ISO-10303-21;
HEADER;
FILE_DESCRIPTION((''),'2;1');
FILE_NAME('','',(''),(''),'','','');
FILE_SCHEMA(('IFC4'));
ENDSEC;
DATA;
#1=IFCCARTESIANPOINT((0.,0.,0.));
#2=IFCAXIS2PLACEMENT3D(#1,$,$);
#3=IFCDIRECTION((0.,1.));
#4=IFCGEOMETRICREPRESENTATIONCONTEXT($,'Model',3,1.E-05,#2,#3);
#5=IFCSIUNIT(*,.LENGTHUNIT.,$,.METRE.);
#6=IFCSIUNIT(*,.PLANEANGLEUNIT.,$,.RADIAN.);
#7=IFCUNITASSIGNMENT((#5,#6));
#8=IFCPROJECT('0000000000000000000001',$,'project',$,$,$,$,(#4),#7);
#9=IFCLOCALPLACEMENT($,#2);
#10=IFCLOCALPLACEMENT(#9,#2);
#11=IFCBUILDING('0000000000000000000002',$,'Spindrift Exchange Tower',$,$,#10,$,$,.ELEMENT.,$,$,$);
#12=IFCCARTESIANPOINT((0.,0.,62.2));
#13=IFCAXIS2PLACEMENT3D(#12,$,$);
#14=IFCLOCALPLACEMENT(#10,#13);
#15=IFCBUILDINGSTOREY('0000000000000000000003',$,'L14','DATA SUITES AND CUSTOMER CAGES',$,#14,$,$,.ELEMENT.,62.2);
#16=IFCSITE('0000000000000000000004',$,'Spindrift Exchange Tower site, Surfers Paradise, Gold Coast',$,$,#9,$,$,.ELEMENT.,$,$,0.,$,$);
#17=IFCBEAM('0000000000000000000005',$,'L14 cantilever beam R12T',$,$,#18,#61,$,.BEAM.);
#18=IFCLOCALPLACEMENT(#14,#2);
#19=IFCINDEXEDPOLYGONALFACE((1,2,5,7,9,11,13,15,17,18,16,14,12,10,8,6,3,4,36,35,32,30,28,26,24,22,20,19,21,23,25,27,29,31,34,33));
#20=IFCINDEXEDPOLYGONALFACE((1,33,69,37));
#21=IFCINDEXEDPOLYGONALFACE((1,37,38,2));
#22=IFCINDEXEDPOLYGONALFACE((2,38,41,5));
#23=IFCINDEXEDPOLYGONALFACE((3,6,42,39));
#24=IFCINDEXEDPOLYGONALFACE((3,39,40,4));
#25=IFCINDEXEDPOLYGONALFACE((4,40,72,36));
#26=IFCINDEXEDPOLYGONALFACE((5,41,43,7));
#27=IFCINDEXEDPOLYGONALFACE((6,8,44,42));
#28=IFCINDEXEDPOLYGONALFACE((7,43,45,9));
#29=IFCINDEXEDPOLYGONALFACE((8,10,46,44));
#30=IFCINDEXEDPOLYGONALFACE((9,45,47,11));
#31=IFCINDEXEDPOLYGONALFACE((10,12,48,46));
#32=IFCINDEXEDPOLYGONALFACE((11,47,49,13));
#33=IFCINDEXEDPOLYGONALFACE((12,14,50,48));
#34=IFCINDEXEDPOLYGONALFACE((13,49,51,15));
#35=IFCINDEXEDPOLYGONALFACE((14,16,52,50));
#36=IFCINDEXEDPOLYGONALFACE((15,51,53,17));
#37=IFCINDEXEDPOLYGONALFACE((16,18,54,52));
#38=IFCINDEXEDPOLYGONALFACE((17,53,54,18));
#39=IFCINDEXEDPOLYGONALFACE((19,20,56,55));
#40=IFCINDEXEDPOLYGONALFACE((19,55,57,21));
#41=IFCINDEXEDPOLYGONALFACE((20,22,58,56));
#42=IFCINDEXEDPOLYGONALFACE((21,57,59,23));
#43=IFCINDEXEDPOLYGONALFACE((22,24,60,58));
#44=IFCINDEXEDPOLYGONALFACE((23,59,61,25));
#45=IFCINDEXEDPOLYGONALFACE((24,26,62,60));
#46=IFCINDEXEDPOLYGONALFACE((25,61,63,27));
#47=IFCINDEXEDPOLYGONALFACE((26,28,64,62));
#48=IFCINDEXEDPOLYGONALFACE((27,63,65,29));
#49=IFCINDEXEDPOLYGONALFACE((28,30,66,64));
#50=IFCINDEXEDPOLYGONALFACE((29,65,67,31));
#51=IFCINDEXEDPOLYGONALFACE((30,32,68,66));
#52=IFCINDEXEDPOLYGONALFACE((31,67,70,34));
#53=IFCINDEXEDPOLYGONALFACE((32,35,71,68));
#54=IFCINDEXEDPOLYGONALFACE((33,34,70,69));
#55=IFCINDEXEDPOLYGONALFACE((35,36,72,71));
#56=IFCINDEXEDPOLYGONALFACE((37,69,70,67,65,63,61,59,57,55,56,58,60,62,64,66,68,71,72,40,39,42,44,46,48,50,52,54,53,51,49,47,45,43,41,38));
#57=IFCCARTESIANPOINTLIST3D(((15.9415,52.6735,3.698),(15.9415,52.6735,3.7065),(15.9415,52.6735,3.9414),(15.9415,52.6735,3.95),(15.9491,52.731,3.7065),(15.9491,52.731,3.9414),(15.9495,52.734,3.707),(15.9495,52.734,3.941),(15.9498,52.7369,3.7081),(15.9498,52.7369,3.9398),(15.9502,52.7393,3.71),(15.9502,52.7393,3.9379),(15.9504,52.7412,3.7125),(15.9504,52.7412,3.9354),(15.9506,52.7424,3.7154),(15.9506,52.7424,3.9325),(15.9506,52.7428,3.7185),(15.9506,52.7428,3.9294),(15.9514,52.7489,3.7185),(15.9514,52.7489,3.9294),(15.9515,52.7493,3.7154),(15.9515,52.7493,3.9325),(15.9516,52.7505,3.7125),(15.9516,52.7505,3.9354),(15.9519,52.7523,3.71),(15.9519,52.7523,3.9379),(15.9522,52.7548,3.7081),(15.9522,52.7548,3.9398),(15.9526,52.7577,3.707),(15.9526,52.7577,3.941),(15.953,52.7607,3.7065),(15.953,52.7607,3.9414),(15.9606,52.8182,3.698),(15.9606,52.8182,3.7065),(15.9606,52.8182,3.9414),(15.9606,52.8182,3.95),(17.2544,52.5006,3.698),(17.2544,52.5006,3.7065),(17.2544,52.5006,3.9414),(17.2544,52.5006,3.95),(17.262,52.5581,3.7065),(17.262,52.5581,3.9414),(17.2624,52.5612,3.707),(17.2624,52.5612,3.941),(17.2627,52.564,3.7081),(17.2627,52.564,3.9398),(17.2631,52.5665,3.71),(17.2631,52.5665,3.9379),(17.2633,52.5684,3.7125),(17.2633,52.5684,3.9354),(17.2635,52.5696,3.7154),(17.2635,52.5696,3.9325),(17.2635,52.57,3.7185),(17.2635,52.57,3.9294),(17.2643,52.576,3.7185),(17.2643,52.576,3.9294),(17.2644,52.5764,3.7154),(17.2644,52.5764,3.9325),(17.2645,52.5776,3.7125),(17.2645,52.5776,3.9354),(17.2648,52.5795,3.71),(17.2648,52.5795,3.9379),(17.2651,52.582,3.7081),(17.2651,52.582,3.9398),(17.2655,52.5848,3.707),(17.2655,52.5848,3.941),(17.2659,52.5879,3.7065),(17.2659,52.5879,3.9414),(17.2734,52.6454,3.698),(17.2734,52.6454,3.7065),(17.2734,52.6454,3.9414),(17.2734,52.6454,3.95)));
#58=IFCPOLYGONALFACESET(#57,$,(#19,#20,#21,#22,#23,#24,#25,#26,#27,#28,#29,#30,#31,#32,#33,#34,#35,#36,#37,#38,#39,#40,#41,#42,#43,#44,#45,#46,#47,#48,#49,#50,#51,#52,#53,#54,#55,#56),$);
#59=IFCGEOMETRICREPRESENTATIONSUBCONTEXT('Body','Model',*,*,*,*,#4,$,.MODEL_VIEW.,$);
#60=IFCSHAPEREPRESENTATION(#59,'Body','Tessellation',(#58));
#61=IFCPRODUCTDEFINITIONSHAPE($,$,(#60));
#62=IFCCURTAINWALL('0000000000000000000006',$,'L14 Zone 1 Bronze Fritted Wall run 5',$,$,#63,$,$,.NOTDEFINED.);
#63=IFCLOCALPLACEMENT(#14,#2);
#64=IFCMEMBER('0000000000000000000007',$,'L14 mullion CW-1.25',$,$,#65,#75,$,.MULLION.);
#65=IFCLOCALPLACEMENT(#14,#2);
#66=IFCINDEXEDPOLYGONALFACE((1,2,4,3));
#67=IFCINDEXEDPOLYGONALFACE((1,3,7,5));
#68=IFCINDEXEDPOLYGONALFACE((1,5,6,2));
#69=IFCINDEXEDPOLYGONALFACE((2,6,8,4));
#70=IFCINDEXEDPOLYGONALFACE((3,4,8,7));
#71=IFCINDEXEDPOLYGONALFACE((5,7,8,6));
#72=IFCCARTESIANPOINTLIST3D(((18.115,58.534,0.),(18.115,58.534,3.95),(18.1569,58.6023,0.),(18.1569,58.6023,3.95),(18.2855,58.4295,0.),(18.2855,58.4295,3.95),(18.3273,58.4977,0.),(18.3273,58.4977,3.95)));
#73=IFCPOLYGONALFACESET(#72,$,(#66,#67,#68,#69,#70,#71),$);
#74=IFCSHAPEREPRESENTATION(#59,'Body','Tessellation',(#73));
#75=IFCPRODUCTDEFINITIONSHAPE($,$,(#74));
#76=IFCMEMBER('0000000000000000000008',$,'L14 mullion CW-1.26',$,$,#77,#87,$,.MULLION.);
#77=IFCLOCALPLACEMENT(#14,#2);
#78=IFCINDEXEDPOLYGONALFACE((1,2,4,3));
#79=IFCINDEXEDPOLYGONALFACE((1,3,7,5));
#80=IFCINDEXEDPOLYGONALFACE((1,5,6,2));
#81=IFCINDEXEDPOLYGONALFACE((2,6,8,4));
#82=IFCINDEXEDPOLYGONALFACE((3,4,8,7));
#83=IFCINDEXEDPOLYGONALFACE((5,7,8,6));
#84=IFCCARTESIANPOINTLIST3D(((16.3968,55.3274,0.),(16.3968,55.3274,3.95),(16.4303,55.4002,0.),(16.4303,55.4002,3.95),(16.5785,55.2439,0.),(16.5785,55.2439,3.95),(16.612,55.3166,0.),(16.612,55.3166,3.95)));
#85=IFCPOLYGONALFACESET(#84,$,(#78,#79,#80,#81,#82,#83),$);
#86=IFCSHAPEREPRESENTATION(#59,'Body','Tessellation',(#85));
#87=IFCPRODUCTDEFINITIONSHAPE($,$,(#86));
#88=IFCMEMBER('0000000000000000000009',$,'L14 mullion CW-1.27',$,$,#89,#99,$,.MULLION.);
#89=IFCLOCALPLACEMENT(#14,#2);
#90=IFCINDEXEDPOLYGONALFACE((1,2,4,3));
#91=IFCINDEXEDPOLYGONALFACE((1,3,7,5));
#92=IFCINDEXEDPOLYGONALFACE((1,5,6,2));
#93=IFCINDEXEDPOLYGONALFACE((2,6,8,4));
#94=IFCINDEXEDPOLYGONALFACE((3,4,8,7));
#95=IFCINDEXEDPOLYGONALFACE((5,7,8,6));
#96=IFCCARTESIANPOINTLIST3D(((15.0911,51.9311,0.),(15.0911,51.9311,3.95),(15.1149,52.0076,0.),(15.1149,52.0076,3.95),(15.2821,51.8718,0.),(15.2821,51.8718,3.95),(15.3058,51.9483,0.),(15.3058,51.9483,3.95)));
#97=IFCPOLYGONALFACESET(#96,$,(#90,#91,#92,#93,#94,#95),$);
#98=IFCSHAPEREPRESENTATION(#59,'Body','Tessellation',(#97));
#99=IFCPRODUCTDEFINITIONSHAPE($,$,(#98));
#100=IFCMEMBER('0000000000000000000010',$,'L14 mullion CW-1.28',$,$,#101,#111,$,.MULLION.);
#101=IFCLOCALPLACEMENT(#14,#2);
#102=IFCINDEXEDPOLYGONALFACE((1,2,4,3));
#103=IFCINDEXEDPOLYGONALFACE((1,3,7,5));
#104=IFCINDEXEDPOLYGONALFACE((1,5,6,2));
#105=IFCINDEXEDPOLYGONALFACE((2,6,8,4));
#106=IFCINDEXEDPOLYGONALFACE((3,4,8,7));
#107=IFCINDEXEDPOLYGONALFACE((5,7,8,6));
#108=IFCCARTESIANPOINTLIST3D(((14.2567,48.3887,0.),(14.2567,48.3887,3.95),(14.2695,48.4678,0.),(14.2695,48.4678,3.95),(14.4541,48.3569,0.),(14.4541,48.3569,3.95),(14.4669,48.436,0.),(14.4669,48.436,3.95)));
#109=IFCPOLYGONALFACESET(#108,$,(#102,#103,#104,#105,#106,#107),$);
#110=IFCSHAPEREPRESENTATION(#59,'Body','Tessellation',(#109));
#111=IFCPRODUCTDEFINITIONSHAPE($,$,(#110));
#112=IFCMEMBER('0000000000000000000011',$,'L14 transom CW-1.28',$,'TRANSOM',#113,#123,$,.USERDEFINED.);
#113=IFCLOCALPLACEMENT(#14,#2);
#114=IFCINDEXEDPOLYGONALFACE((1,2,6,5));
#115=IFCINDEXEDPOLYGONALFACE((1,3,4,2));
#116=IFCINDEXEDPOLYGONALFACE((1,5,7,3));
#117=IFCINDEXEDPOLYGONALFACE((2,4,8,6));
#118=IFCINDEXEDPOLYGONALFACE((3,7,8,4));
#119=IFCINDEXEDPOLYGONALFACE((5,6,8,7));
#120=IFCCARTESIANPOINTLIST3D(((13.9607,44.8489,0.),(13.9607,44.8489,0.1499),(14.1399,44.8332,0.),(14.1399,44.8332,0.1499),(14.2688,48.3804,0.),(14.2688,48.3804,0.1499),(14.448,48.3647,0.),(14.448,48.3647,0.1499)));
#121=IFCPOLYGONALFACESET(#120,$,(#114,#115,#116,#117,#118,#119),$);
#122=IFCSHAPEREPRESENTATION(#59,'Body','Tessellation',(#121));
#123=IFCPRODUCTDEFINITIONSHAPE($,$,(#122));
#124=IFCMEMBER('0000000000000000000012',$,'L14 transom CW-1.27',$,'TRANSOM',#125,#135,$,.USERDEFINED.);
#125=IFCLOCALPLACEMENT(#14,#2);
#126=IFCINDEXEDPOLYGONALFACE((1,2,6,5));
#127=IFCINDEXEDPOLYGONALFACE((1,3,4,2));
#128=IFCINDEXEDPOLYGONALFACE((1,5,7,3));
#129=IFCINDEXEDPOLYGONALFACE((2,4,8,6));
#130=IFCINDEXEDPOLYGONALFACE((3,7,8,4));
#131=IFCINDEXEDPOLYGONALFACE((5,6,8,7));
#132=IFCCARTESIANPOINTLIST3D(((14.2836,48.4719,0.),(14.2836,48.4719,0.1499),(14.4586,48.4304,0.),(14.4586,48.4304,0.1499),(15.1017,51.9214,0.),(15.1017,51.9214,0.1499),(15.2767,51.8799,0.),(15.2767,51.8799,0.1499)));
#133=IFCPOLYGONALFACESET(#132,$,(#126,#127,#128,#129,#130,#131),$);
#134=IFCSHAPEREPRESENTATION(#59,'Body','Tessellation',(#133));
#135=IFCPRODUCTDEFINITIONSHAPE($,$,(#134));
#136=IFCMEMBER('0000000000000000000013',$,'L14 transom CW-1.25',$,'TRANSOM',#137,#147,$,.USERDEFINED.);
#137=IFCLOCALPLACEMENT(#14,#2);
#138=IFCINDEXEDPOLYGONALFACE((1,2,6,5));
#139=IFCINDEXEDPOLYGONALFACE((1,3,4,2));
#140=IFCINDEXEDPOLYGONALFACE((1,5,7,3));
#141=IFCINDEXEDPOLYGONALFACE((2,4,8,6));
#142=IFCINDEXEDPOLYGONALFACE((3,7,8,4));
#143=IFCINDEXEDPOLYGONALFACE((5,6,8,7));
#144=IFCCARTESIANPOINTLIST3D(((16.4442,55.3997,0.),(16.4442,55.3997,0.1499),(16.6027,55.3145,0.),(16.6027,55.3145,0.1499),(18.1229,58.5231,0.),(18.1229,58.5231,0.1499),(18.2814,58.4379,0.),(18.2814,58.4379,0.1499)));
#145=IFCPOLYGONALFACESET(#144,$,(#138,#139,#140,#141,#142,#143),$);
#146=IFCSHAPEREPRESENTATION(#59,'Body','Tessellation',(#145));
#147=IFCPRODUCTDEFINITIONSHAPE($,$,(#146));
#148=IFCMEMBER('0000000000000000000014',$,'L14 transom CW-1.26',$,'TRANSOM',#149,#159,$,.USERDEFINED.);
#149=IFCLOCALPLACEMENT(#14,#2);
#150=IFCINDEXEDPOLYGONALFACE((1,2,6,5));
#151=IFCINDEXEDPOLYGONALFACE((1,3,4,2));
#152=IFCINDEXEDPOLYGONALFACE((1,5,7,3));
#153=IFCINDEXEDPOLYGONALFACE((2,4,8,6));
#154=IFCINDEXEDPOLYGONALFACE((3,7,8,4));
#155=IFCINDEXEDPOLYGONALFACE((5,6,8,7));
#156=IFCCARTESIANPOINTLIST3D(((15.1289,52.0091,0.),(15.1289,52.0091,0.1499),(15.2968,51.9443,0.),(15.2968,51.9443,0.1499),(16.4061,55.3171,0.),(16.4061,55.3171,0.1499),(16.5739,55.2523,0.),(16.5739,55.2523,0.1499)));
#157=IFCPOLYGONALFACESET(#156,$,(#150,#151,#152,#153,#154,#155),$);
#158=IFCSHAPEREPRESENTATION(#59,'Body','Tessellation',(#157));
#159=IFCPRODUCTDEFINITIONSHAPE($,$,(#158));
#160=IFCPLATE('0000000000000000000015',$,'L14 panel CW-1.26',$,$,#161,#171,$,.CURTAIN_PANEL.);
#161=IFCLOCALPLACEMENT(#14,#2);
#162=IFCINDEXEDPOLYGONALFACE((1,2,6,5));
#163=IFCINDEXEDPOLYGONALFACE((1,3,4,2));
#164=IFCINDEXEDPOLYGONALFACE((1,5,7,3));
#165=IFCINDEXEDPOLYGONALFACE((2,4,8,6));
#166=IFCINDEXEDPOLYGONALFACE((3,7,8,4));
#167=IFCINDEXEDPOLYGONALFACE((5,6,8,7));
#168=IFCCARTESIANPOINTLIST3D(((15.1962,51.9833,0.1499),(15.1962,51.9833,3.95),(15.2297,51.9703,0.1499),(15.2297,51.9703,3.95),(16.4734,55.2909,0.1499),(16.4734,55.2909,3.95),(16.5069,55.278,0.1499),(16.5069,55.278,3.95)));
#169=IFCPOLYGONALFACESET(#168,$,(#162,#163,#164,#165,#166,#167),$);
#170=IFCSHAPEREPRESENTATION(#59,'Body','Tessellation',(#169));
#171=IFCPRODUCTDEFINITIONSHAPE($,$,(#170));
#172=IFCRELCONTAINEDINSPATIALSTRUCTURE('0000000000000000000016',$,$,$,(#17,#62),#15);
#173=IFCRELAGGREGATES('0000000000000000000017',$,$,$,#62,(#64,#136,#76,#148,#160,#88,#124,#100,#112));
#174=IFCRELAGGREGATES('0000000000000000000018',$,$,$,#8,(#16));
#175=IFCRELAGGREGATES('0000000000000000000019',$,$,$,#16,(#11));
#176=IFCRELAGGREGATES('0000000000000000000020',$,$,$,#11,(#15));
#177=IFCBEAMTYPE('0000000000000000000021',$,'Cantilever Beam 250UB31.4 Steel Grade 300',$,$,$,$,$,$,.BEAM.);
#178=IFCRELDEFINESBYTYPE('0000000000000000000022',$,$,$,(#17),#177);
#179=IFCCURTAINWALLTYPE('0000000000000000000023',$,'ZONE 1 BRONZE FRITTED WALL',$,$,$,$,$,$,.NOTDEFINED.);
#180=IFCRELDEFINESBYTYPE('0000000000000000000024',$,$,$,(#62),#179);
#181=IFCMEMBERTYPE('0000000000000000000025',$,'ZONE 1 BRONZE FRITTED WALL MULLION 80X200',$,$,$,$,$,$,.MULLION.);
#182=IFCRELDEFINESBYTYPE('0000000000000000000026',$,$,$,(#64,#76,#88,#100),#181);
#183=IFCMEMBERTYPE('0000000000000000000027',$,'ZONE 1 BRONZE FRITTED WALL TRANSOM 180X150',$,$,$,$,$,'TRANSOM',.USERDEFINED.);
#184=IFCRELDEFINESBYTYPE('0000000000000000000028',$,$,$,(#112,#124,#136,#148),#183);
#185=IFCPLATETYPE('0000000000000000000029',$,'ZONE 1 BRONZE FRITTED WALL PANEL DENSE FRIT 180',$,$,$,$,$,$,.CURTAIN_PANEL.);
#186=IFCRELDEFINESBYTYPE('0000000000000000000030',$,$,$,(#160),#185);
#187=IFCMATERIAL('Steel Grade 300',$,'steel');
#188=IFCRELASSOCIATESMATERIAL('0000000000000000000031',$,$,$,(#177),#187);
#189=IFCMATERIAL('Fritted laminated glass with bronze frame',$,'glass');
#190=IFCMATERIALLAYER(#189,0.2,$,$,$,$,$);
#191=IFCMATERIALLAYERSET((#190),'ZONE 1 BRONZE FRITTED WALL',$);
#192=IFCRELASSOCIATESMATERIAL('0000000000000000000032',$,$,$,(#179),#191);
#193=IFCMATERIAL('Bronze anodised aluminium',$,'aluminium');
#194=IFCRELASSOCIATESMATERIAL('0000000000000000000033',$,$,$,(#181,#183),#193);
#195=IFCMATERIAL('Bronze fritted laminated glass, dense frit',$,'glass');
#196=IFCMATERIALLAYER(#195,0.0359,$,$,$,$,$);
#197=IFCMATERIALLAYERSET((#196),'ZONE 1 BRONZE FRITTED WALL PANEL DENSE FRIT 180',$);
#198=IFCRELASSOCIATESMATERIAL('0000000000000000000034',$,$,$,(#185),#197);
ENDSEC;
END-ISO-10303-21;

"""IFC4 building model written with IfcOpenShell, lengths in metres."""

from ifc_helpers import new_model, si_unit, direction, frame, origin, origin_2d, place, context, subcontext, project, spatial, rectangle, i_section, extrude, source, transform, mapped, material, layer, layer_set, material_profile, profile_set, type_object, element, aggregate, save


model = new_model("IFC4")

# Units and contexts
model_context = context("Model", 3, precision=1e-05, world=origin(), true_north=direction((0.0, 1.0)))
body_context = subcontext(model_context, "Body", "Model", "MODEL_VIEW")
ifc_project = project(units=[si_unit("LENGTHUNIT", "METRE"), si_unit("PLANEANGLEUNIT", "RADIAN")], contexts=[model_context])

# Site, building, storey
site_placement = place(None, origin())
site = spatial("IfcSite", under=ifc_project, at=site_placement, Name="Spindrift Exchange Tower site, Surfers Paradise, Gold Coast", CompositionType="ELEMENT", RefElevation=0.0)
building_placement = place(site_placement, origin())
building = spatial("IfcBuilding", under=site, at=building_placement, Name="Spindrift Exchange Tower", CompositionType="ELEMENT")
storey_placement = place(building_placement, frame((0.0, 0.0, 62.2)))
storey = spatial("IfcBuildingStorey", under=building, at=storey_placement, Name="L14", Description="DATA SUITES AND CUSTOMER CAGES", CompositionType="ELEMENT", Elevation=62.2)

# Beam
ifc_material_1 = material(Name="Steel Grade 300", Category="steel")
ifc_material_profile_1 = material_profile(ifc_material_1, i_section(OverallWidth=0.146, OverallDepth=0.252, WebThickness=0.0061, FlangeThickness=0.0085, FilletRadius=0.012, at=origin_2d()), Name="250UB31.4")
ifc_profile_set_1 = profile_set([ifc_material_profile_1], Name="Steel Grade 300")
beam_type_1 = type_object("IfcBeamType", Name="Cantilever Beam 250UB31.4 Steel Grade 300", PredefinedType="BEAM", material=ifc_profile_set_1)
shared_shape_1 = source(origin(), body_context, "Body", "SweptSolid", [
    extrude(i_section(OverallWidth=0.146, OverallDepth=0.252, WebThickness=0.0061, FlangeThickness=0.0085, FilletRadius=0.012, at=origin_2d()), origin(), (0.0, 0.0, 1.0), 1.3242),
])
beam_1_placement = place(storey_placement, frame((17.2639, 52.573, 3.824), z_axis=(-0.991446, 0.130521, 0.0), x_axis=(-0.130521, -0.991446, 0.0)))
element("IfcBeam", 1, at=beam_1_placement, inside=storey, type_object=beam_type_1, Name="L14 cantilever beam R12T", PredefinedType="BEAM", context=body_context, shape_type="MappedRepresentation", body=[
    mapped(shared_shape_1, transform((0.0, 0.0, 0.0), scale=1.0)),
])

# Curtain wall, members, plate
ifc_material_2 = material(Name="Fritted laminated glass with bronze frame", Category="glass")
ifc_layer_1 = layer(ifc_material_2, 0.2)
ifc_layer_set_1 = layer_set([ifc_layer_1], Name="ZONE 1 BRONZE FRITTED WALL")
curtain_wall_type = type_object("IfcCurtainWallType", Name="ZONE 1 BRONZE FRITTED WALL", PredefinedType="NOTDEFINED", material=ifc_layer_set_1)
curtain_wall_1_placement = place(storey_placement, origin())
curtain_wall_1 = element("IfcCurtainWall", 2, at=curtain_wall_1_placement, inside=storey, type_object=curtain_wall_type, Name="L14 Zone 1 Bronze Fritted Wall run 5", PredefinedType="NOTDEFINED")
ifc_material_3 = material(Name="Bronze anodised aluminium", Category="aluminium")
ifc_material_profile_2 = material_profile(ifc_material_3, rectangle(XDim=0.0801, YDim=0.2, at=origin_2d()), Name="ZONE 1 BRONZE FRITTED WALL MULLION 80X200")
ifc_profile_set_2 = profile_set([ifc_material_profile_2], Name="Bronze anodised aluminium")
member_type_1 = type_object("IfcMemberType", Name="ZONE 1 BRONZE FRITTED WALL MULLION 80X200", PredefinedType="MULLION", material=ifc_profile_set_2)
shared_shape_2 = source(origin(), body_context, "Body", "SweptSolid", [
    extrude(rectangle(XDim=0.0801, YDim=0.2, at=origin_2d()), origin(), (0.0, 0.0, 1.0), 3.95),
])
member_1_placement = place(storey_placement, frame((18.2212, 58.5159, 0.0), z_axis=(0.0, 0.0, 1.0), x_axis=(-0.522952, -0.852362, 0.0)))
member_1 = element("IfcMember", 3, at=member_1_placement, type_object=member_type_1, Name="L14 mullion CW-1.25", PredefinedType="MULLION", context=body_context, shape_type="MappedRepresentation", body=[
    mapped(shared_shape_2, transform((0.0, 0.0, 0.0), scale=1.0)),
])
member_2_placement = place(storey_placement, frame((16.5044, 55.322, 0.0), z_axis=(0.0, 0.0, 1.0), x_axis=(-0.417635, -0.908615, 0.0)))
member_2 = element("IfcMember", 4, at=member_2_placement, type_object=member_type_1, Name="L14 mullion CW-1.26", PredefinedType="MULLION", context=body_context, shape_type="MappedRepresentation", body=[
    mapped(shared_shape_2, transform((0.0, 0.0, 0.0), scale=1.0)),
])
member_3_placement = place(storey_placement, frame((15.1985, 51.9397, 0.0), z_axis=(0.0, 0.0, 1.0), x_axis=(-0.296186, -0.95513, 0.0)))
member_3 = element("IfcMember", 5, at=member_3_placement, type_object=member_type_1, Name="L14 mullion CW-1.27", PredefinedType="MULLION", context=body_context, shape_type="MappedRepresentation", body=[
    mapped(shared_shape_2, transform((0.0, 0.0, 0.0), scale=1.0)),
])
member_4_placement = place(storey_placement, frame((14.3618, 48.4124, 0.0), z_axis=(0.0, 0.0, 1.0), x_axis=(-0.159262, -0.987236, 0.0)))
member_4 = element("IfcMember", 6, at=member_4_placement, type_object=member_type_1, Name="L14 mullion CW-1.28", PredefinedType="MULLION", context=body_context, shape_type="MappedRepresentation", body=[
    mapped(shared_shape_2, transform((0.0, 0.0, 0.0), scale=1.0)),
])
ifc_material_profile_3 = material_profile(ifc_material_3, rectangle(XDim=0.1799, YDim=0.1499, at=origin_2d()), Name="ZONE 1 BRONZE FRITTED WALL TRANSOM 180X150")
ifc_profile_set_3 = profile_set([ifc_material_profile_3], Name="Bronze anodised aluminium")
member_type_2 = type_object("IfcMemberType", Name="ZONE 1 BRONZE FRITTED WALL TRANSOM 180X150", ElementType="TRANSOM", PredefinedType="USERDEFINED", material=ifc_profile_set_3)
shared_shape_3 = source(origin(), body_context, "Body", "SweptSolid", [
    extrude(rectangle(XDim=0.1799, YDim=0.1499, at=origin_2d()), origin(), (0.0, 0.0, 1.0), 3.5449),
])
member_5_placement = place(storey_placement, frame((14.3584, 48.3726, 0.075), z_axis=(-0.086915, -0.996216, 0.0), x_axis=(0.996216, -0.086915, 0.0)))
member_5 = element("IfcMember", 7, at=member_5_placement, type_object=member_type_2, Name="L14 transom CW-1.28", ObjectType="TRANSOM", PredefinedType="USERDEFINED", context=body_context, shape_type="MappedRepresentation", body=[
    mapped(shared_shape_3, transform((0.0, 0.0, 0.0), scale=1.0)),
])
shared_shape_4 = source(origin(), body_context, "Body", "SweptSolid", [
    extrude(rectangle(XDim=0.1799, YDim=0.1499, at=origin_2d()), origin(), (0.0, 0.0, 1.0), 3.5452),
])
member_6_placement = place(storey_placement, frame((15.1892, 51.9006, 0.075), z_axis=(-0.23077, -0.973008, 0.0), x_axis=(0.973008, -0.23077, 0.0)))
member_6 = element("IfcMember", 8, at=member_6_placement, type_object=member_type_2, Name="L14 transom CW-1.27", ObjectType="TRANSOM", PredefinedType="USERDEFINED", context=body_context, shape_type="MappedRepresentation", body=[
    mapped(shared_shape_4, transform((0.0, 0.0, 0.0), scale=1.0)),
])
shared_shape_5 = source(origin(), body_context, "Body", "SweptSolid", [
    extrude(rectangle(XDim=0.1799, YDim=0.1499, at=origin_2d()), origin(), (0.0, 0.0, 1.0), 3.5459),
])
member_7_placement = place(storey_placement, frame((18.2021, 58.4805, 0.075), z_axis=(-0.47343, -0.880831, 0.0), x_axis=(0.880831, -0.47343, 0.0)))
member_7 = element("IfcMember", 9, at=member_7_placement, type_object=member_type_2, Name="L14 transom CW-1.25", ObjectType="TRANSOM", PredefinedType="USERDEFINED", context=body_context, shape_type="MappedRepresentation", body=[
    mapped(shared_shape_5, transform((0.0, 0.0, 0.0), scale=1.0)),
])
member_8_placement = place(storey_placement, frame((16.49, 55.2847, 0.075), z_axis=(-0.360169, -0.932887, 0.0), x_axis=(0.932887, -0.360169, 0.0)))
member_8 = element("IfcMember", 10, at=member_8_placement, type_object=member_type_2, Name="L14 transom CW-1.26", ObjectType="TRANSOM", PredefinedType="USERDEFINED", context=body_context, shape_type="MappedRepresentation", body=[
    mapped(shared_shape_5, transform((0.0, 0.0, 0.0), scale=1.0)),
])
ifc_material_4 = material(Name="Bronze fritted laminated glass, dense frit", Category="glass")
ifc_layer_2 = layer(ifc_material_4, 0.0359)
ifc_layer_set_2 = layer_set([ifc_layer_2], Name="ZONE 1 BRONZE FRITTED WALL PANEL DENSE FRIT 180")
plate_type_1 = type_object("IfcPlateType", Name="ZONE 1 BRONZE FRITTED WALL PANEL DENSE FRIT 180", PredefinedType="CURTAIN_PANEL", material=ifc_layer_set_2)
shared_shape_6 = source(origin(), body_context, "Body", "SweptSolid", [
    extrude(rectangle(XDim=3.5457, YDim=0.0359, at=origin_2d()), origin(), (0.0, 0.0, 1.0), 3.8),
])
plate_1_placement = place(storey_placement, frame((15.8516, 53.6306, 0.1499), z_axis=(0.0, 0.0, 1.0), x_axis=(-0.360208, -0.932872, 0.0)))
plate_1 = element("IfcPlate", 11, at=plate_1_placement, type_object=plate_type_1, Name="L14 panel CW-1.26", PredefinedType="CURTAIN_PANEL", context=body_context, shape_type="MappedRepresentation", body=[
    mapped(shared_shape_6, transform((0.0, 0.0, 0.0), scale=1.0)),
])

aggregate(curtain_wall_1, [member_1, member_7, member_2, member_8, plate_1, member_3, member_6, member_4, member_5])

save(model, "model.ifc")
